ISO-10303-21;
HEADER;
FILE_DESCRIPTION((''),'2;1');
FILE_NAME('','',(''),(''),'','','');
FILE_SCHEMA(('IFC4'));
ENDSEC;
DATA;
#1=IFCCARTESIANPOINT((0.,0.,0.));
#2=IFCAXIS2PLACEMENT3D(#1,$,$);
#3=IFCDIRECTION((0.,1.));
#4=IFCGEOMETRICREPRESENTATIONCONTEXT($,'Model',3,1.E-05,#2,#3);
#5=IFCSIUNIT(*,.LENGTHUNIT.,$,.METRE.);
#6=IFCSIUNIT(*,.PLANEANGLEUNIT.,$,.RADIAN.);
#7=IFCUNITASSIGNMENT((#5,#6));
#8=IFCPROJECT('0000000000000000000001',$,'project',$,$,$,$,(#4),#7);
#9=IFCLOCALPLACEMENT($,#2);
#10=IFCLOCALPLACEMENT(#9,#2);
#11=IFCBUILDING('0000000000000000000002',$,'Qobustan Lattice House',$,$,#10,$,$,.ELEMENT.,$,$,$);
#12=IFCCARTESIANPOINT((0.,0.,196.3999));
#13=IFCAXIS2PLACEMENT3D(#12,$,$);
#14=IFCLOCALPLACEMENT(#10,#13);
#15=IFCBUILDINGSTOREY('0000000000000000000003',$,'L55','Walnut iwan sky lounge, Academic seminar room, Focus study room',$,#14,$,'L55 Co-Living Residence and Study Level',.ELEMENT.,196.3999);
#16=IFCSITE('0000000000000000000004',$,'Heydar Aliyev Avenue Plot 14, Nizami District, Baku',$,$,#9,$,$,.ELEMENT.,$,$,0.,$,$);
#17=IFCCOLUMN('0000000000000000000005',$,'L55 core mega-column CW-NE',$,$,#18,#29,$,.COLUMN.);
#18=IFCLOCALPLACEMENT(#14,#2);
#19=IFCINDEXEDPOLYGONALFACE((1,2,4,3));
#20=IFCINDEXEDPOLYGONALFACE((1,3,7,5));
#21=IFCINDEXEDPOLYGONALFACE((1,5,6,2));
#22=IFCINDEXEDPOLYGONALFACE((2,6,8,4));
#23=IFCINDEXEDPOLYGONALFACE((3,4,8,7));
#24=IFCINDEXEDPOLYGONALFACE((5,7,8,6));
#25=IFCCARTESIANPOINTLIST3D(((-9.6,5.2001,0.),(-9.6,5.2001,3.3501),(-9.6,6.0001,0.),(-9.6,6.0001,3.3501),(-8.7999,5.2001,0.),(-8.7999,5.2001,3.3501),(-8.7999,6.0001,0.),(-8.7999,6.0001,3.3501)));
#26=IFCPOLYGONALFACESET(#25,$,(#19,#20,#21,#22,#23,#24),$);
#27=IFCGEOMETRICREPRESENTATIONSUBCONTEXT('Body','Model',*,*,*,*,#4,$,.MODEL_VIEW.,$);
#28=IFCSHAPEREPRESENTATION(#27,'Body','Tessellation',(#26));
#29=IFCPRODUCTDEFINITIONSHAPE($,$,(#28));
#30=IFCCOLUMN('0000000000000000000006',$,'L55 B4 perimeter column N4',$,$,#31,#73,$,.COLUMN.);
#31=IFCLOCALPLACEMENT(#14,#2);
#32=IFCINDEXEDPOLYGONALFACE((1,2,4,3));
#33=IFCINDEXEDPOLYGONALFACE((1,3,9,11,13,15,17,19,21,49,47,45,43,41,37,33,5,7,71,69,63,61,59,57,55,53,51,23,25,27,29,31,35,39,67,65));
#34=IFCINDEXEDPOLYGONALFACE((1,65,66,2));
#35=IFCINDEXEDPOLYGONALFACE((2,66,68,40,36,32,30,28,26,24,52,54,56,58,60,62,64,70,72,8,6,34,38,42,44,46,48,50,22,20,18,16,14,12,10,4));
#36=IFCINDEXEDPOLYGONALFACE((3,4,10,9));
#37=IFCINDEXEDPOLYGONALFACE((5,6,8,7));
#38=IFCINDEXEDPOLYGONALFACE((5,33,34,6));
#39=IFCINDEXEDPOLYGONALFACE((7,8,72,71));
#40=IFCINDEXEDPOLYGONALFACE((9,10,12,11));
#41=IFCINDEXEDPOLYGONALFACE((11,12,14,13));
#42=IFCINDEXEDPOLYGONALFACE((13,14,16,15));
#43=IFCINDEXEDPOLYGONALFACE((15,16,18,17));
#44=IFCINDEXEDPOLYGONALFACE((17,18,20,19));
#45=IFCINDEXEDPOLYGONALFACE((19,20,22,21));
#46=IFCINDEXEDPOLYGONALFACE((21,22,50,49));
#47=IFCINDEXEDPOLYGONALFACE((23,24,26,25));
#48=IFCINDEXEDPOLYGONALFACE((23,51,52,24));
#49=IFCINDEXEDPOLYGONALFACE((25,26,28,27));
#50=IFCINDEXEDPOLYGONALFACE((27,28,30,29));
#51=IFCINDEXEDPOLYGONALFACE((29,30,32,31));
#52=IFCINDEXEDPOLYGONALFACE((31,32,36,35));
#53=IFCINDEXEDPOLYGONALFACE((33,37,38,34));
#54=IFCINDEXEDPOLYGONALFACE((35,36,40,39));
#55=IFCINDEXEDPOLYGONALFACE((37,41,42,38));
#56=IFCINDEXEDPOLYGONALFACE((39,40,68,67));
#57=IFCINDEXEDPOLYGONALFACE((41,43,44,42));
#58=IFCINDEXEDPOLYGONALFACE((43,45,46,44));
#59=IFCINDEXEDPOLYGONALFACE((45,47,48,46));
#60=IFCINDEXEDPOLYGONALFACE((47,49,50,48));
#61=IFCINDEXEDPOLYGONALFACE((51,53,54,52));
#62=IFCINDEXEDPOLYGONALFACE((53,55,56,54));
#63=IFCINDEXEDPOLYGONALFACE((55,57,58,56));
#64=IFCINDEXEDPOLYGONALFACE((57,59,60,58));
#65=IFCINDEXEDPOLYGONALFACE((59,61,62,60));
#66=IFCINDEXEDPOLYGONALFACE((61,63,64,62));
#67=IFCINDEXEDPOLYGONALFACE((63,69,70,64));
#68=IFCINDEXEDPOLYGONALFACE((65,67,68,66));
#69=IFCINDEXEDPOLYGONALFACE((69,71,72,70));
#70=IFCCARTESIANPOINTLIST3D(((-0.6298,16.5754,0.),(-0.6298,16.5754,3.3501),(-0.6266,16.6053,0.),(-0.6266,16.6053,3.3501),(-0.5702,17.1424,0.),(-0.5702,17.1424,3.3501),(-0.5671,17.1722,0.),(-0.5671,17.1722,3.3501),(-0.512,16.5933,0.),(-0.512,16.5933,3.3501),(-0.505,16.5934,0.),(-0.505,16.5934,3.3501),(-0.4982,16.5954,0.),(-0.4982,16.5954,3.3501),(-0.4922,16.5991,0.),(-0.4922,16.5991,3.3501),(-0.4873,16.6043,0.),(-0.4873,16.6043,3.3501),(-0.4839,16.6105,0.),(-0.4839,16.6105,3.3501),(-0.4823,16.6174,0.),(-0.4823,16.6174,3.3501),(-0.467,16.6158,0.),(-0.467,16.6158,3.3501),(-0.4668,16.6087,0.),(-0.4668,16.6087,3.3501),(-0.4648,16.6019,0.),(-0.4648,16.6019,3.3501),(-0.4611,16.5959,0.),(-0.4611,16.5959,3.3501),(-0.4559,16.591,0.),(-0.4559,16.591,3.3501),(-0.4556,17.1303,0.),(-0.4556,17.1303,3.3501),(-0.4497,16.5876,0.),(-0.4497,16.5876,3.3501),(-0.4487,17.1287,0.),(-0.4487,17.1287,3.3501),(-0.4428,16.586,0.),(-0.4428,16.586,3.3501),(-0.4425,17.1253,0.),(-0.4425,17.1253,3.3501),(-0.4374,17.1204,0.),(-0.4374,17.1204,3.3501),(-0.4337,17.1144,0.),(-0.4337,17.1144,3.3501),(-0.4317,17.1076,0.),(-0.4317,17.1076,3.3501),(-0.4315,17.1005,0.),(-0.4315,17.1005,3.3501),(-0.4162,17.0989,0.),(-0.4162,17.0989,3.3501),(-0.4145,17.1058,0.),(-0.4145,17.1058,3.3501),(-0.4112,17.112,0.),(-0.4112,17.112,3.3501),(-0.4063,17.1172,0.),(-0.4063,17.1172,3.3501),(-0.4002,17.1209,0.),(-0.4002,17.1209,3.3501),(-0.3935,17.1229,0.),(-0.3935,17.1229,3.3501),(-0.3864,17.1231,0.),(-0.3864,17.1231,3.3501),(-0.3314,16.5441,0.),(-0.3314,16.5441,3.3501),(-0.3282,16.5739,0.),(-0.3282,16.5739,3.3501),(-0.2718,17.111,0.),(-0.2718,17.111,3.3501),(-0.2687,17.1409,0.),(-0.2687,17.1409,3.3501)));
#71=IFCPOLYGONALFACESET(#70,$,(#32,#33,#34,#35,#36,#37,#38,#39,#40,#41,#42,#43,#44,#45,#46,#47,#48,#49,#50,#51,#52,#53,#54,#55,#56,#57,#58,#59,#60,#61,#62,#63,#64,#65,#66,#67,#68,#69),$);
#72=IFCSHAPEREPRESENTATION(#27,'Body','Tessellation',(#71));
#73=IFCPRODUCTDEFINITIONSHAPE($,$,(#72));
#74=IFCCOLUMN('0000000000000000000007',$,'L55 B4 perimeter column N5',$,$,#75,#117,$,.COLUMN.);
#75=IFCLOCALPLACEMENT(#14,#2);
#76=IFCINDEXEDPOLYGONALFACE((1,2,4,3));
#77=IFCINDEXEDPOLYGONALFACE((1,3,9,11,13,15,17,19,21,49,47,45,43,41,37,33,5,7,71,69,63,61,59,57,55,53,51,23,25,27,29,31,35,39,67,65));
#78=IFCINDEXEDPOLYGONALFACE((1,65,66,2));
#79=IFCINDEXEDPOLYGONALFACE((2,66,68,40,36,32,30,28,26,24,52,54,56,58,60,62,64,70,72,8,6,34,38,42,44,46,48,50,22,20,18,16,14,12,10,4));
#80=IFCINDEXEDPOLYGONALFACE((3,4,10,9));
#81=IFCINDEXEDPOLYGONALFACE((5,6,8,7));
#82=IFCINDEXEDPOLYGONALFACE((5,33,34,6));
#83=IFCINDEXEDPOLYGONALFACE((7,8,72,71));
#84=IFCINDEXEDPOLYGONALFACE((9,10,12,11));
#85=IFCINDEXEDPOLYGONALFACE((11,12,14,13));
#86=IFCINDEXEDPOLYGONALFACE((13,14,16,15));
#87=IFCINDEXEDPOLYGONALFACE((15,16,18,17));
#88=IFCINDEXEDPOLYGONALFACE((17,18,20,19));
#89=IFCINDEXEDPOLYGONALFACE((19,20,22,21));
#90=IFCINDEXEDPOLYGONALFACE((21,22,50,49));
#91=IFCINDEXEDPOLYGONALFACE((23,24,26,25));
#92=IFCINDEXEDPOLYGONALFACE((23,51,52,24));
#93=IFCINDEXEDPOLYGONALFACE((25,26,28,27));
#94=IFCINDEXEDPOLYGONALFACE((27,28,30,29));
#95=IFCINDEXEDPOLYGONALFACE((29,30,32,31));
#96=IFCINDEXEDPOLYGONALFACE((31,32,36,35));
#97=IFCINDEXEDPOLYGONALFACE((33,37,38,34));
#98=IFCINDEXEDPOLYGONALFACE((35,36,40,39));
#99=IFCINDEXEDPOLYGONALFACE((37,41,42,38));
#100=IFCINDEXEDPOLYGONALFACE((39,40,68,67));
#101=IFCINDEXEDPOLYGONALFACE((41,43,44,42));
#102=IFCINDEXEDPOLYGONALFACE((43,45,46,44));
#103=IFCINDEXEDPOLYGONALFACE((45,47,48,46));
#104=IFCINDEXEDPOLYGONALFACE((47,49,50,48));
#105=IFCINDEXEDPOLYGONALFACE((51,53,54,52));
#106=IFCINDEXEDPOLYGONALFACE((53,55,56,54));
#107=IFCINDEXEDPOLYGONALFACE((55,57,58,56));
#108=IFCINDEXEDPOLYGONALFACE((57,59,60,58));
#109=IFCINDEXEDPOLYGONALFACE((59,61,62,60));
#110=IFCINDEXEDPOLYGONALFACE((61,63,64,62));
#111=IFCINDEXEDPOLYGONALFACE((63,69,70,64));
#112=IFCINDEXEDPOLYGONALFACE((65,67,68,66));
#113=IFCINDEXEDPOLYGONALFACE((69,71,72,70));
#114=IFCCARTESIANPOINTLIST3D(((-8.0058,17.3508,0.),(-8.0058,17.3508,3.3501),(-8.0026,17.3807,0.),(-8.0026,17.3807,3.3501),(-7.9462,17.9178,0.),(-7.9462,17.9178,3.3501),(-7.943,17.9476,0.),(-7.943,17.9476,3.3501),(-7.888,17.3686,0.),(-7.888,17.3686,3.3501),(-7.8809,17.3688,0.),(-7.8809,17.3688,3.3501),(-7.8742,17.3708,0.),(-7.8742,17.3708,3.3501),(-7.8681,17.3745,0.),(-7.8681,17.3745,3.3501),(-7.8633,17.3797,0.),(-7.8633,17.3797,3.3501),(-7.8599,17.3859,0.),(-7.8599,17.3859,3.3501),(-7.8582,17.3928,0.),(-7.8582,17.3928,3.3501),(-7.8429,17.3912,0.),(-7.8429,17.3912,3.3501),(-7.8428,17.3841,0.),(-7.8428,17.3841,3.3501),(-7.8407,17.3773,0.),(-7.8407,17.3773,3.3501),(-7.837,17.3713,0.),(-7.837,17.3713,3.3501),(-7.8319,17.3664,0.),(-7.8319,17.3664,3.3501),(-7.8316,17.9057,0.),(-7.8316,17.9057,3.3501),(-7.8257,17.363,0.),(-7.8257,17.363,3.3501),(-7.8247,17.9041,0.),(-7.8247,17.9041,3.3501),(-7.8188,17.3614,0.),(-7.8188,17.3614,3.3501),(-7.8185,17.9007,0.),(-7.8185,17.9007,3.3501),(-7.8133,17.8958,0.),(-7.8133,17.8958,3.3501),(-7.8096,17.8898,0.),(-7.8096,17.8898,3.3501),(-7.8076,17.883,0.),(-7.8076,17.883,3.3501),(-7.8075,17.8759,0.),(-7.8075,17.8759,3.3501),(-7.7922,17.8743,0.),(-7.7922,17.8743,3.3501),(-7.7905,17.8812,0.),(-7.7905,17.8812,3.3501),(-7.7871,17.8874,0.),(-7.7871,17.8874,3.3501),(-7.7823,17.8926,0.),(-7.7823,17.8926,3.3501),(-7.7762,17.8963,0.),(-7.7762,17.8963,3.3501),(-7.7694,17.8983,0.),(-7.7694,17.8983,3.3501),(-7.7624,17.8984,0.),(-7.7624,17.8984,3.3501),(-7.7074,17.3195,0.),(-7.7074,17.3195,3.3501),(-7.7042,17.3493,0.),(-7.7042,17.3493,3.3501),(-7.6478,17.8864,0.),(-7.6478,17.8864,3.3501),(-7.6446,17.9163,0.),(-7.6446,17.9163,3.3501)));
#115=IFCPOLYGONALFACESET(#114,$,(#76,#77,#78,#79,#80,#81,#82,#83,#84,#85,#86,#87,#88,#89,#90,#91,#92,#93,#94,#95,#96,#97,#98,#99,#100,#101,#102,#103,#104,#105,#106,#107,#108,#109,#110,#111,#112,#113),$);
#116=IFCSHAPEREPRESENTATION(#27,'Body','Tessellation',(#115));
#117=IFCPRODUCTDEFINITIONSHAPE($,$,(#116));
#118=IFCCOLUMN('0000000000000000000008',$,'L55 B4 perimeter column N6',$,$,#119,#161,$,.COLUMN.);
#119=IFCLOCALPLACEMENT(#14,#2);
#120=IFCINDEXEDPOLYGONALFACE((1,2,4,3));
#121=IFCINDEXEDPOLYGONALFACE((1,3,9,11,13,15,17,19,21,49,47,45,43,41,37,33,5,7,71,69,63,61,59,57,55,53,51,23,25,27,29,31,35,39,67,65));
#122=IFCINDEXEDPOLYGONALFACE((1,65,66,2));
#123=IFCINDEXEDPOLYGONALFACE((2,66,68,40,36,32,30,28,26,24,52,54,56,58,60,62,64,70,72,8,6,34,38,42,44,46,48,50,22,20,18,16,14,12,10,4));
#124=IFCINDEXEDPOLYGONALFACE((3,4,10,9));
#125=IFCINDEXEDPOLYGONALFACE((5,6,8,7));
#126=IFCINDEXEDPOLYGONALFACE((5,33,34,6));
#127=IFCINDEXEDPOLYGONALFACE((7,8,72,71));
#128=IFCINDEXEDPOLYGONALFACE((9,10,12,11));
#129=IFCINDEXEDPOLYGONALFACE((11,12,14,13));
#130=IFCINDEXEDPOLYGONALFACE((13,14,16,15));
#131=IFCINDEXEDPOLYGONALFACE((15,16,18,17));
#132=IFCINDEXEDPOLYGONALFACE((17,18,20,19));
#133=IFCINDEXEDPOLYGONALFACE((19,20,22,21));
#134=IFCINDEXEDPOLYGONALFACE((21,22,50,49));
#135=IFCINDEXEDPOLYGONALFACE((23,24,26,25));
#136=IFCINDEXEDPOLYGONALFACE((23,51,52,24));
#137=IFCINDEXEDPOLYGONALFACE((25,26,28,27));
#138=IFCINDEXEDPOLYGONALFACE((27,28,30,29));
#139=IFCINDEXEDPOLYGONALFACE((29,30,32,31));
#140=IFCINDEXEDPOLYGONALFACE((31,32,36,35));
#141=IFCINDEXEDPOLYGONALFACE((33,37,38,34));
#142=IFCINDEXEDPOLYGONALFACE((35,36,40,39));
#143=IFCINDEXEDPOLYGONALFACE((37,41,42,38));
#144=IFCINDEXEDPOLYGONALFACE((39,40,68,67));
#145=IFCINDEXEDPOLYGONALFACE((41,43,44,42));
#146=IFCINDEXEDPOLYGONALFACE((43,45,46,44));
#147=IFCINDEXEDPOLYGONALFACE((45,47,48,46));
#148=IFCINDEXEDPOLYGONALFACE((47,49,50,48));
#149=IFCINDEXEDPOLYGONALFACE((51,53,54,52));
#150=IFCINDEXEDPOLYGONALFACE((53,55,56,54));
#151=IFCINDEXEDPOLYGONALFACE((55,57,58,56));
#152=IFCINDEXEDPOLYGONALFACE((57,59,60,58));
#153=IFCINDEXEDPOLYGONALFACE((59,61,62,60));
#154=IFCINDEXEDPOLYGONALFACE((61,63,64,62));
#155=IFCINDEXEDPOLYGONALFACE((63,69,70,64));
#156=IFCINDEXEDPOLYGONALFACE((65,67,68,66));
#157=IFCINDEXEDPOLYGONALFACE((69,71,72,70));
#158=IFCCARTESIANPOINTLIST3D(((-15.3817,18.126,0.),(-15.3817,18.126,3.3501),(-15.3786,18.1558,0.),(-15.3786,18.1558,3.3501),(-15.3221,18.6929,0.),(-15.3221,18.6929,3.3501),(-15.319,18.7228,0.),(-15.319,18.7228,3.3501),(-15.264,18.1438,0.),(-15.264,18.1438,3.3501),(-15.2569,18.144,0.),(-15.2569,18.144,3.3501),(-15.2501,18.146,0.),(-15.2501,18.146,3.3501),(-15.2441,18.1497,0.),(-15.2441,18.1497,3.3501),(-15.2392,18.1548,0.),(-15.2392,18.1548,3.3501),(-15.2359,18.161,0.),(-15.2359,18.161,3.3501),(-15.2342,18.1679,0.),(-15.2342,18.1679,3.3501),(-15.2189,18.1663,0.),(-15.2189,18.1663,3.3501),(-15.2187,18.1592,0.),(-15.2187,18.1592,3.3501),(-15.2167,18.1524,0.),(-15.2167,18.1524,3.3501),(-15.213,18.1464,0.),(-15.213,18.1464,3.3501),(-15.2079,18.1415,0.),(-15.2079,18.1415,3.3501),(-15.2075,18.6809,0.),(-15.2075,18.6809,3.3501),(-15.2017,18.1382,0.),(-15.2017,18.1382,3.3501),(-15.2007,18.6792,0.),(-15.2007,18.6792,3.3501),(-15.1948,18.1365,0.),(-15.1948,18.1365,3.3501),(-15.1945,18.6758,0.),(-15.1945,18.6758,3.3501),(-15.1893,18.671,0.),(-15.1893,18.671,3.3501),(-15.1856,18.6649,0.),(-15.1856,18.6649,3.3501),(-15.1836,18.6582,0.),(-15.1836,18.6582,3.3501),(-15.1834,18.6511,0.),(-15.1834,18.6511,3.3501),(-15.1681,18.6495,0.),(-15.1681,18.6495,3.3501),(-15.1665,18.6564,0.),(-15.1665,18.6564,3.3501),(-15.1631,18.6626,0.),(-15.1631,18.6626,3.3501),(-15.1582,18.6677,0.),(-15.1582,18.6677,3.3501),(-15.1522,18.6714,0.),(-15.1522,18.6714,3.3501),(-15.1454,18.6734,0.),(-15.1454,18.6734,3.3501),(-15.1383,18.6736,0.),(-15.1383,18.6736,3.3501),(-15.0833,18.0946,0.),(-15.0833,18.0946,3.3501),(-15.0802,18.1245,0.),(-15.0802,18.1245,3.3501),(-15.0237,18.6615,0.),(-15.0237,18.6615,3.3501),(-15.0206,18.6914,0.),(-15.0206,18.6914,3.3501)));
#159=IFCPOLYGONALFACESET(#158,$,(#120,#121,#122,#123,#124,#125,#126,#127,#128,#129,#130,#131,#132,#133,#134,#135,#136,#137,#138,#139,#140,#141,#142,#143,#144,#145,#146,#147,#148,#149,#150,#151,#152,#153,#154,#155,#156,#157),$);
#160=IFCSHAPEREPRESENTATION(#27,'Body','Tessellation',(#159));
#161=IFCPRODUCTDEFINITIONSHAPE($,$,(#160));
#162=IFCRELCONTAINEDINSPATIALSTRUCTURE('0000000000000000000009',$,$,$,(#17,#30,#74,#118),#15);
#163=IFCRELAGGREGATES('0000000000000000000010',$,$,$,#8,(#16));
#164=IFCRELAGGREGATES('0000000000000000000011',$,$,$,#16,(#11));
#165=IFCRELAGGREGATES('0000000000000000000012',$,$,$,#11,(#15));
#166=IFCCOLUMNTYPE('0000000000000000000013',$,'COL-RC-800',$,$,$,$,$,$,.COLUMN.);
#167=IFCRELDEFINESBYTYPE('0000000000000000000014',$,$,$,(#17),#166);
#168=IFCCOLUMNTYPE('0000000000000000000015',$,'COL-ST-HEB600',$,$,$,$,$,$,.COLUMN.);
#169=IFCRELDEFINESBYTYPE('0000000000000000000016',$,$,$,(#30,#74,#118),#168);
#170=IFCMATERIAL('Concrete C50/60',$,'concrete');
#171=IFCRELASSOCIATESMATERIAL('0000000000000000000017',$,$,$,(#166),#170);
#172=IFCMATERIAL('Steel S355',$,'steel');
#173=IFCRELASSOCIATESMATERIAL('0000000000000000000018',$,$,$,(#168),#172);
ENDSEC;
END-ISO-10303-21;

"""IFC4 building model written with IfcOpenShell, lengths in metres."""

from ifc_helpers import new_model, si_unit, direction, frame, origin, origin_2d, place, context, subcontext, project, spatial, rectangle, i_section, extrude, material, material_profile, profile_set, type_object, element, save


model = new_model("IFC4")

# Units and contexts
model_context = context("Model", 3, precision=1e-05, world=origin(), true_north=direction((0.0, 1.0)))
body_context = subcontext(model_context, "Body", "Model", "MODEL_VIEW")
ifc_project = project(units=[si_unit("LENGTHUNIT", "METRE"), si_unit("PLANEANGLEUNIT", "RADIAN")], contexts=[model_context])

# Site, building, storey
site_placement = place(None, origin())
site = spatial("IfcSite", under=ifc_project, at=site_placement, Name="Heydar Aliyev Avenue Plot 14, Nizami District, Baku", CompositionType="ELEMENT", RefElevation=0.0)
building_placement = place(site_placement, origin())
building = spatial("IfcBuilding", under=site, at=building_placement, Name="Qobustan Lattice House", CompositionType="ELEMENT")
storey_placement = place(building_placement, frame((0.0, 0.0, 196.3999)))
storey = spatial("IfcBuildingStorey", under=building, at=storey_placement, Name="L55", Description="Walnut iwan sky lounge, Academic seminar room, Focus study room", LongName="L55 Co-Living Residence and Study Level", CompositionType="ELEMENT", Elevation=196.3999)

# Columns
ifc_material_1 = material(Name="Concrete C50/60", Category="concrete")
ifc_material_profile_1 = material_profile(ifc_material_1, rectangle(XDim=0.8, YDim=0.8, at=origin_2d()), Name="RC800x800")
ifc_profile_set_1 = profile_set([ifc_material_profile_1], Name="Concrete C50/60")
column_type_1 = type_object("IfcColumnType", Name="COL-RC-800", PredefinedType="COLUMN", material=ifc_profile_set_1)
column_placement = place(storey_placement, frame((-9.2, 5.6001, 0.0), z_axis=(0.0, 0.0, 1.0), x_axis=(1.0, 0.0, 0.0)))
element("IfcColumn", 1, at=column_placement, inside=storey, type_object=column_type_1, Name="L55 core mega-column CW-NE", PredefinedType="COLUMN", context=body_context, shape_type="SweptSolid", body=[
    extrude(rectangle(XDim=0.8, YDim=0.8, at=origin_2d()), origin(), (0.0, 0.0, 1.0), 3.3501),
])
ifc_material_2 = material(Name="Steel S355", Category="steel")
ifc_material_profile_2 = material_profile(ifc_material_2, i_section(OverallWidth=0.3, OverallDepth=0.6001, WebThickness=0.0154, FlangeThickness=0.03, FilletRadius=0.0271, at=origin_2d()), Name="HEB600")
ifc_profile_set_2 = profile_set([ifc_material_profile_2], Name="Steel S355")
column_type_2 = type_object("IfcColumnType", Name="COL-ST-HEB600", PredefinedType="COLUMN", material=ifc_profile_set_2)
for number, where, z_axis, x_axis, name in (
    (2, (-0.4492, 16.8582, 0.0), (0.0, 0.0, 1.0), (0.994522, -0.104528, 0.0), "L55 B4 perimeter column N4"),
    (3, (-7.8252, 17.6335, 0.0), (0.0, 0.0, 1.0), (0.994522, -0.104528, 0.0), "L55 B4 perimeter column N5"),
    (4, (-15.2012, 18.4087, 0.0), (0.0, 0.0, 1.0), (0.994522, -0.104528, 0.0), "L55 B4 perimeter column N6"),
):
    element("IfcColumn", number, at=place(storey_placement, frame(where, z_axis=z_axis, x_axis=x_axis)), inside=storey, type_object=column_type_2, Name=name, PredefinedType="COLUMN", context=body_context, shape_type="SweptSolid", body=[
        extrude(i_section(OverallWidth=0.3, OverallDepth=0.6001, WebThickness=0.0154, FlangeThickness=0.03, FilletRadius=0.0271, at=origin_2d()), origin(), (0.0, 0.0, 1.0), 3.3501),
    ])

save(model, "model.ifc")
